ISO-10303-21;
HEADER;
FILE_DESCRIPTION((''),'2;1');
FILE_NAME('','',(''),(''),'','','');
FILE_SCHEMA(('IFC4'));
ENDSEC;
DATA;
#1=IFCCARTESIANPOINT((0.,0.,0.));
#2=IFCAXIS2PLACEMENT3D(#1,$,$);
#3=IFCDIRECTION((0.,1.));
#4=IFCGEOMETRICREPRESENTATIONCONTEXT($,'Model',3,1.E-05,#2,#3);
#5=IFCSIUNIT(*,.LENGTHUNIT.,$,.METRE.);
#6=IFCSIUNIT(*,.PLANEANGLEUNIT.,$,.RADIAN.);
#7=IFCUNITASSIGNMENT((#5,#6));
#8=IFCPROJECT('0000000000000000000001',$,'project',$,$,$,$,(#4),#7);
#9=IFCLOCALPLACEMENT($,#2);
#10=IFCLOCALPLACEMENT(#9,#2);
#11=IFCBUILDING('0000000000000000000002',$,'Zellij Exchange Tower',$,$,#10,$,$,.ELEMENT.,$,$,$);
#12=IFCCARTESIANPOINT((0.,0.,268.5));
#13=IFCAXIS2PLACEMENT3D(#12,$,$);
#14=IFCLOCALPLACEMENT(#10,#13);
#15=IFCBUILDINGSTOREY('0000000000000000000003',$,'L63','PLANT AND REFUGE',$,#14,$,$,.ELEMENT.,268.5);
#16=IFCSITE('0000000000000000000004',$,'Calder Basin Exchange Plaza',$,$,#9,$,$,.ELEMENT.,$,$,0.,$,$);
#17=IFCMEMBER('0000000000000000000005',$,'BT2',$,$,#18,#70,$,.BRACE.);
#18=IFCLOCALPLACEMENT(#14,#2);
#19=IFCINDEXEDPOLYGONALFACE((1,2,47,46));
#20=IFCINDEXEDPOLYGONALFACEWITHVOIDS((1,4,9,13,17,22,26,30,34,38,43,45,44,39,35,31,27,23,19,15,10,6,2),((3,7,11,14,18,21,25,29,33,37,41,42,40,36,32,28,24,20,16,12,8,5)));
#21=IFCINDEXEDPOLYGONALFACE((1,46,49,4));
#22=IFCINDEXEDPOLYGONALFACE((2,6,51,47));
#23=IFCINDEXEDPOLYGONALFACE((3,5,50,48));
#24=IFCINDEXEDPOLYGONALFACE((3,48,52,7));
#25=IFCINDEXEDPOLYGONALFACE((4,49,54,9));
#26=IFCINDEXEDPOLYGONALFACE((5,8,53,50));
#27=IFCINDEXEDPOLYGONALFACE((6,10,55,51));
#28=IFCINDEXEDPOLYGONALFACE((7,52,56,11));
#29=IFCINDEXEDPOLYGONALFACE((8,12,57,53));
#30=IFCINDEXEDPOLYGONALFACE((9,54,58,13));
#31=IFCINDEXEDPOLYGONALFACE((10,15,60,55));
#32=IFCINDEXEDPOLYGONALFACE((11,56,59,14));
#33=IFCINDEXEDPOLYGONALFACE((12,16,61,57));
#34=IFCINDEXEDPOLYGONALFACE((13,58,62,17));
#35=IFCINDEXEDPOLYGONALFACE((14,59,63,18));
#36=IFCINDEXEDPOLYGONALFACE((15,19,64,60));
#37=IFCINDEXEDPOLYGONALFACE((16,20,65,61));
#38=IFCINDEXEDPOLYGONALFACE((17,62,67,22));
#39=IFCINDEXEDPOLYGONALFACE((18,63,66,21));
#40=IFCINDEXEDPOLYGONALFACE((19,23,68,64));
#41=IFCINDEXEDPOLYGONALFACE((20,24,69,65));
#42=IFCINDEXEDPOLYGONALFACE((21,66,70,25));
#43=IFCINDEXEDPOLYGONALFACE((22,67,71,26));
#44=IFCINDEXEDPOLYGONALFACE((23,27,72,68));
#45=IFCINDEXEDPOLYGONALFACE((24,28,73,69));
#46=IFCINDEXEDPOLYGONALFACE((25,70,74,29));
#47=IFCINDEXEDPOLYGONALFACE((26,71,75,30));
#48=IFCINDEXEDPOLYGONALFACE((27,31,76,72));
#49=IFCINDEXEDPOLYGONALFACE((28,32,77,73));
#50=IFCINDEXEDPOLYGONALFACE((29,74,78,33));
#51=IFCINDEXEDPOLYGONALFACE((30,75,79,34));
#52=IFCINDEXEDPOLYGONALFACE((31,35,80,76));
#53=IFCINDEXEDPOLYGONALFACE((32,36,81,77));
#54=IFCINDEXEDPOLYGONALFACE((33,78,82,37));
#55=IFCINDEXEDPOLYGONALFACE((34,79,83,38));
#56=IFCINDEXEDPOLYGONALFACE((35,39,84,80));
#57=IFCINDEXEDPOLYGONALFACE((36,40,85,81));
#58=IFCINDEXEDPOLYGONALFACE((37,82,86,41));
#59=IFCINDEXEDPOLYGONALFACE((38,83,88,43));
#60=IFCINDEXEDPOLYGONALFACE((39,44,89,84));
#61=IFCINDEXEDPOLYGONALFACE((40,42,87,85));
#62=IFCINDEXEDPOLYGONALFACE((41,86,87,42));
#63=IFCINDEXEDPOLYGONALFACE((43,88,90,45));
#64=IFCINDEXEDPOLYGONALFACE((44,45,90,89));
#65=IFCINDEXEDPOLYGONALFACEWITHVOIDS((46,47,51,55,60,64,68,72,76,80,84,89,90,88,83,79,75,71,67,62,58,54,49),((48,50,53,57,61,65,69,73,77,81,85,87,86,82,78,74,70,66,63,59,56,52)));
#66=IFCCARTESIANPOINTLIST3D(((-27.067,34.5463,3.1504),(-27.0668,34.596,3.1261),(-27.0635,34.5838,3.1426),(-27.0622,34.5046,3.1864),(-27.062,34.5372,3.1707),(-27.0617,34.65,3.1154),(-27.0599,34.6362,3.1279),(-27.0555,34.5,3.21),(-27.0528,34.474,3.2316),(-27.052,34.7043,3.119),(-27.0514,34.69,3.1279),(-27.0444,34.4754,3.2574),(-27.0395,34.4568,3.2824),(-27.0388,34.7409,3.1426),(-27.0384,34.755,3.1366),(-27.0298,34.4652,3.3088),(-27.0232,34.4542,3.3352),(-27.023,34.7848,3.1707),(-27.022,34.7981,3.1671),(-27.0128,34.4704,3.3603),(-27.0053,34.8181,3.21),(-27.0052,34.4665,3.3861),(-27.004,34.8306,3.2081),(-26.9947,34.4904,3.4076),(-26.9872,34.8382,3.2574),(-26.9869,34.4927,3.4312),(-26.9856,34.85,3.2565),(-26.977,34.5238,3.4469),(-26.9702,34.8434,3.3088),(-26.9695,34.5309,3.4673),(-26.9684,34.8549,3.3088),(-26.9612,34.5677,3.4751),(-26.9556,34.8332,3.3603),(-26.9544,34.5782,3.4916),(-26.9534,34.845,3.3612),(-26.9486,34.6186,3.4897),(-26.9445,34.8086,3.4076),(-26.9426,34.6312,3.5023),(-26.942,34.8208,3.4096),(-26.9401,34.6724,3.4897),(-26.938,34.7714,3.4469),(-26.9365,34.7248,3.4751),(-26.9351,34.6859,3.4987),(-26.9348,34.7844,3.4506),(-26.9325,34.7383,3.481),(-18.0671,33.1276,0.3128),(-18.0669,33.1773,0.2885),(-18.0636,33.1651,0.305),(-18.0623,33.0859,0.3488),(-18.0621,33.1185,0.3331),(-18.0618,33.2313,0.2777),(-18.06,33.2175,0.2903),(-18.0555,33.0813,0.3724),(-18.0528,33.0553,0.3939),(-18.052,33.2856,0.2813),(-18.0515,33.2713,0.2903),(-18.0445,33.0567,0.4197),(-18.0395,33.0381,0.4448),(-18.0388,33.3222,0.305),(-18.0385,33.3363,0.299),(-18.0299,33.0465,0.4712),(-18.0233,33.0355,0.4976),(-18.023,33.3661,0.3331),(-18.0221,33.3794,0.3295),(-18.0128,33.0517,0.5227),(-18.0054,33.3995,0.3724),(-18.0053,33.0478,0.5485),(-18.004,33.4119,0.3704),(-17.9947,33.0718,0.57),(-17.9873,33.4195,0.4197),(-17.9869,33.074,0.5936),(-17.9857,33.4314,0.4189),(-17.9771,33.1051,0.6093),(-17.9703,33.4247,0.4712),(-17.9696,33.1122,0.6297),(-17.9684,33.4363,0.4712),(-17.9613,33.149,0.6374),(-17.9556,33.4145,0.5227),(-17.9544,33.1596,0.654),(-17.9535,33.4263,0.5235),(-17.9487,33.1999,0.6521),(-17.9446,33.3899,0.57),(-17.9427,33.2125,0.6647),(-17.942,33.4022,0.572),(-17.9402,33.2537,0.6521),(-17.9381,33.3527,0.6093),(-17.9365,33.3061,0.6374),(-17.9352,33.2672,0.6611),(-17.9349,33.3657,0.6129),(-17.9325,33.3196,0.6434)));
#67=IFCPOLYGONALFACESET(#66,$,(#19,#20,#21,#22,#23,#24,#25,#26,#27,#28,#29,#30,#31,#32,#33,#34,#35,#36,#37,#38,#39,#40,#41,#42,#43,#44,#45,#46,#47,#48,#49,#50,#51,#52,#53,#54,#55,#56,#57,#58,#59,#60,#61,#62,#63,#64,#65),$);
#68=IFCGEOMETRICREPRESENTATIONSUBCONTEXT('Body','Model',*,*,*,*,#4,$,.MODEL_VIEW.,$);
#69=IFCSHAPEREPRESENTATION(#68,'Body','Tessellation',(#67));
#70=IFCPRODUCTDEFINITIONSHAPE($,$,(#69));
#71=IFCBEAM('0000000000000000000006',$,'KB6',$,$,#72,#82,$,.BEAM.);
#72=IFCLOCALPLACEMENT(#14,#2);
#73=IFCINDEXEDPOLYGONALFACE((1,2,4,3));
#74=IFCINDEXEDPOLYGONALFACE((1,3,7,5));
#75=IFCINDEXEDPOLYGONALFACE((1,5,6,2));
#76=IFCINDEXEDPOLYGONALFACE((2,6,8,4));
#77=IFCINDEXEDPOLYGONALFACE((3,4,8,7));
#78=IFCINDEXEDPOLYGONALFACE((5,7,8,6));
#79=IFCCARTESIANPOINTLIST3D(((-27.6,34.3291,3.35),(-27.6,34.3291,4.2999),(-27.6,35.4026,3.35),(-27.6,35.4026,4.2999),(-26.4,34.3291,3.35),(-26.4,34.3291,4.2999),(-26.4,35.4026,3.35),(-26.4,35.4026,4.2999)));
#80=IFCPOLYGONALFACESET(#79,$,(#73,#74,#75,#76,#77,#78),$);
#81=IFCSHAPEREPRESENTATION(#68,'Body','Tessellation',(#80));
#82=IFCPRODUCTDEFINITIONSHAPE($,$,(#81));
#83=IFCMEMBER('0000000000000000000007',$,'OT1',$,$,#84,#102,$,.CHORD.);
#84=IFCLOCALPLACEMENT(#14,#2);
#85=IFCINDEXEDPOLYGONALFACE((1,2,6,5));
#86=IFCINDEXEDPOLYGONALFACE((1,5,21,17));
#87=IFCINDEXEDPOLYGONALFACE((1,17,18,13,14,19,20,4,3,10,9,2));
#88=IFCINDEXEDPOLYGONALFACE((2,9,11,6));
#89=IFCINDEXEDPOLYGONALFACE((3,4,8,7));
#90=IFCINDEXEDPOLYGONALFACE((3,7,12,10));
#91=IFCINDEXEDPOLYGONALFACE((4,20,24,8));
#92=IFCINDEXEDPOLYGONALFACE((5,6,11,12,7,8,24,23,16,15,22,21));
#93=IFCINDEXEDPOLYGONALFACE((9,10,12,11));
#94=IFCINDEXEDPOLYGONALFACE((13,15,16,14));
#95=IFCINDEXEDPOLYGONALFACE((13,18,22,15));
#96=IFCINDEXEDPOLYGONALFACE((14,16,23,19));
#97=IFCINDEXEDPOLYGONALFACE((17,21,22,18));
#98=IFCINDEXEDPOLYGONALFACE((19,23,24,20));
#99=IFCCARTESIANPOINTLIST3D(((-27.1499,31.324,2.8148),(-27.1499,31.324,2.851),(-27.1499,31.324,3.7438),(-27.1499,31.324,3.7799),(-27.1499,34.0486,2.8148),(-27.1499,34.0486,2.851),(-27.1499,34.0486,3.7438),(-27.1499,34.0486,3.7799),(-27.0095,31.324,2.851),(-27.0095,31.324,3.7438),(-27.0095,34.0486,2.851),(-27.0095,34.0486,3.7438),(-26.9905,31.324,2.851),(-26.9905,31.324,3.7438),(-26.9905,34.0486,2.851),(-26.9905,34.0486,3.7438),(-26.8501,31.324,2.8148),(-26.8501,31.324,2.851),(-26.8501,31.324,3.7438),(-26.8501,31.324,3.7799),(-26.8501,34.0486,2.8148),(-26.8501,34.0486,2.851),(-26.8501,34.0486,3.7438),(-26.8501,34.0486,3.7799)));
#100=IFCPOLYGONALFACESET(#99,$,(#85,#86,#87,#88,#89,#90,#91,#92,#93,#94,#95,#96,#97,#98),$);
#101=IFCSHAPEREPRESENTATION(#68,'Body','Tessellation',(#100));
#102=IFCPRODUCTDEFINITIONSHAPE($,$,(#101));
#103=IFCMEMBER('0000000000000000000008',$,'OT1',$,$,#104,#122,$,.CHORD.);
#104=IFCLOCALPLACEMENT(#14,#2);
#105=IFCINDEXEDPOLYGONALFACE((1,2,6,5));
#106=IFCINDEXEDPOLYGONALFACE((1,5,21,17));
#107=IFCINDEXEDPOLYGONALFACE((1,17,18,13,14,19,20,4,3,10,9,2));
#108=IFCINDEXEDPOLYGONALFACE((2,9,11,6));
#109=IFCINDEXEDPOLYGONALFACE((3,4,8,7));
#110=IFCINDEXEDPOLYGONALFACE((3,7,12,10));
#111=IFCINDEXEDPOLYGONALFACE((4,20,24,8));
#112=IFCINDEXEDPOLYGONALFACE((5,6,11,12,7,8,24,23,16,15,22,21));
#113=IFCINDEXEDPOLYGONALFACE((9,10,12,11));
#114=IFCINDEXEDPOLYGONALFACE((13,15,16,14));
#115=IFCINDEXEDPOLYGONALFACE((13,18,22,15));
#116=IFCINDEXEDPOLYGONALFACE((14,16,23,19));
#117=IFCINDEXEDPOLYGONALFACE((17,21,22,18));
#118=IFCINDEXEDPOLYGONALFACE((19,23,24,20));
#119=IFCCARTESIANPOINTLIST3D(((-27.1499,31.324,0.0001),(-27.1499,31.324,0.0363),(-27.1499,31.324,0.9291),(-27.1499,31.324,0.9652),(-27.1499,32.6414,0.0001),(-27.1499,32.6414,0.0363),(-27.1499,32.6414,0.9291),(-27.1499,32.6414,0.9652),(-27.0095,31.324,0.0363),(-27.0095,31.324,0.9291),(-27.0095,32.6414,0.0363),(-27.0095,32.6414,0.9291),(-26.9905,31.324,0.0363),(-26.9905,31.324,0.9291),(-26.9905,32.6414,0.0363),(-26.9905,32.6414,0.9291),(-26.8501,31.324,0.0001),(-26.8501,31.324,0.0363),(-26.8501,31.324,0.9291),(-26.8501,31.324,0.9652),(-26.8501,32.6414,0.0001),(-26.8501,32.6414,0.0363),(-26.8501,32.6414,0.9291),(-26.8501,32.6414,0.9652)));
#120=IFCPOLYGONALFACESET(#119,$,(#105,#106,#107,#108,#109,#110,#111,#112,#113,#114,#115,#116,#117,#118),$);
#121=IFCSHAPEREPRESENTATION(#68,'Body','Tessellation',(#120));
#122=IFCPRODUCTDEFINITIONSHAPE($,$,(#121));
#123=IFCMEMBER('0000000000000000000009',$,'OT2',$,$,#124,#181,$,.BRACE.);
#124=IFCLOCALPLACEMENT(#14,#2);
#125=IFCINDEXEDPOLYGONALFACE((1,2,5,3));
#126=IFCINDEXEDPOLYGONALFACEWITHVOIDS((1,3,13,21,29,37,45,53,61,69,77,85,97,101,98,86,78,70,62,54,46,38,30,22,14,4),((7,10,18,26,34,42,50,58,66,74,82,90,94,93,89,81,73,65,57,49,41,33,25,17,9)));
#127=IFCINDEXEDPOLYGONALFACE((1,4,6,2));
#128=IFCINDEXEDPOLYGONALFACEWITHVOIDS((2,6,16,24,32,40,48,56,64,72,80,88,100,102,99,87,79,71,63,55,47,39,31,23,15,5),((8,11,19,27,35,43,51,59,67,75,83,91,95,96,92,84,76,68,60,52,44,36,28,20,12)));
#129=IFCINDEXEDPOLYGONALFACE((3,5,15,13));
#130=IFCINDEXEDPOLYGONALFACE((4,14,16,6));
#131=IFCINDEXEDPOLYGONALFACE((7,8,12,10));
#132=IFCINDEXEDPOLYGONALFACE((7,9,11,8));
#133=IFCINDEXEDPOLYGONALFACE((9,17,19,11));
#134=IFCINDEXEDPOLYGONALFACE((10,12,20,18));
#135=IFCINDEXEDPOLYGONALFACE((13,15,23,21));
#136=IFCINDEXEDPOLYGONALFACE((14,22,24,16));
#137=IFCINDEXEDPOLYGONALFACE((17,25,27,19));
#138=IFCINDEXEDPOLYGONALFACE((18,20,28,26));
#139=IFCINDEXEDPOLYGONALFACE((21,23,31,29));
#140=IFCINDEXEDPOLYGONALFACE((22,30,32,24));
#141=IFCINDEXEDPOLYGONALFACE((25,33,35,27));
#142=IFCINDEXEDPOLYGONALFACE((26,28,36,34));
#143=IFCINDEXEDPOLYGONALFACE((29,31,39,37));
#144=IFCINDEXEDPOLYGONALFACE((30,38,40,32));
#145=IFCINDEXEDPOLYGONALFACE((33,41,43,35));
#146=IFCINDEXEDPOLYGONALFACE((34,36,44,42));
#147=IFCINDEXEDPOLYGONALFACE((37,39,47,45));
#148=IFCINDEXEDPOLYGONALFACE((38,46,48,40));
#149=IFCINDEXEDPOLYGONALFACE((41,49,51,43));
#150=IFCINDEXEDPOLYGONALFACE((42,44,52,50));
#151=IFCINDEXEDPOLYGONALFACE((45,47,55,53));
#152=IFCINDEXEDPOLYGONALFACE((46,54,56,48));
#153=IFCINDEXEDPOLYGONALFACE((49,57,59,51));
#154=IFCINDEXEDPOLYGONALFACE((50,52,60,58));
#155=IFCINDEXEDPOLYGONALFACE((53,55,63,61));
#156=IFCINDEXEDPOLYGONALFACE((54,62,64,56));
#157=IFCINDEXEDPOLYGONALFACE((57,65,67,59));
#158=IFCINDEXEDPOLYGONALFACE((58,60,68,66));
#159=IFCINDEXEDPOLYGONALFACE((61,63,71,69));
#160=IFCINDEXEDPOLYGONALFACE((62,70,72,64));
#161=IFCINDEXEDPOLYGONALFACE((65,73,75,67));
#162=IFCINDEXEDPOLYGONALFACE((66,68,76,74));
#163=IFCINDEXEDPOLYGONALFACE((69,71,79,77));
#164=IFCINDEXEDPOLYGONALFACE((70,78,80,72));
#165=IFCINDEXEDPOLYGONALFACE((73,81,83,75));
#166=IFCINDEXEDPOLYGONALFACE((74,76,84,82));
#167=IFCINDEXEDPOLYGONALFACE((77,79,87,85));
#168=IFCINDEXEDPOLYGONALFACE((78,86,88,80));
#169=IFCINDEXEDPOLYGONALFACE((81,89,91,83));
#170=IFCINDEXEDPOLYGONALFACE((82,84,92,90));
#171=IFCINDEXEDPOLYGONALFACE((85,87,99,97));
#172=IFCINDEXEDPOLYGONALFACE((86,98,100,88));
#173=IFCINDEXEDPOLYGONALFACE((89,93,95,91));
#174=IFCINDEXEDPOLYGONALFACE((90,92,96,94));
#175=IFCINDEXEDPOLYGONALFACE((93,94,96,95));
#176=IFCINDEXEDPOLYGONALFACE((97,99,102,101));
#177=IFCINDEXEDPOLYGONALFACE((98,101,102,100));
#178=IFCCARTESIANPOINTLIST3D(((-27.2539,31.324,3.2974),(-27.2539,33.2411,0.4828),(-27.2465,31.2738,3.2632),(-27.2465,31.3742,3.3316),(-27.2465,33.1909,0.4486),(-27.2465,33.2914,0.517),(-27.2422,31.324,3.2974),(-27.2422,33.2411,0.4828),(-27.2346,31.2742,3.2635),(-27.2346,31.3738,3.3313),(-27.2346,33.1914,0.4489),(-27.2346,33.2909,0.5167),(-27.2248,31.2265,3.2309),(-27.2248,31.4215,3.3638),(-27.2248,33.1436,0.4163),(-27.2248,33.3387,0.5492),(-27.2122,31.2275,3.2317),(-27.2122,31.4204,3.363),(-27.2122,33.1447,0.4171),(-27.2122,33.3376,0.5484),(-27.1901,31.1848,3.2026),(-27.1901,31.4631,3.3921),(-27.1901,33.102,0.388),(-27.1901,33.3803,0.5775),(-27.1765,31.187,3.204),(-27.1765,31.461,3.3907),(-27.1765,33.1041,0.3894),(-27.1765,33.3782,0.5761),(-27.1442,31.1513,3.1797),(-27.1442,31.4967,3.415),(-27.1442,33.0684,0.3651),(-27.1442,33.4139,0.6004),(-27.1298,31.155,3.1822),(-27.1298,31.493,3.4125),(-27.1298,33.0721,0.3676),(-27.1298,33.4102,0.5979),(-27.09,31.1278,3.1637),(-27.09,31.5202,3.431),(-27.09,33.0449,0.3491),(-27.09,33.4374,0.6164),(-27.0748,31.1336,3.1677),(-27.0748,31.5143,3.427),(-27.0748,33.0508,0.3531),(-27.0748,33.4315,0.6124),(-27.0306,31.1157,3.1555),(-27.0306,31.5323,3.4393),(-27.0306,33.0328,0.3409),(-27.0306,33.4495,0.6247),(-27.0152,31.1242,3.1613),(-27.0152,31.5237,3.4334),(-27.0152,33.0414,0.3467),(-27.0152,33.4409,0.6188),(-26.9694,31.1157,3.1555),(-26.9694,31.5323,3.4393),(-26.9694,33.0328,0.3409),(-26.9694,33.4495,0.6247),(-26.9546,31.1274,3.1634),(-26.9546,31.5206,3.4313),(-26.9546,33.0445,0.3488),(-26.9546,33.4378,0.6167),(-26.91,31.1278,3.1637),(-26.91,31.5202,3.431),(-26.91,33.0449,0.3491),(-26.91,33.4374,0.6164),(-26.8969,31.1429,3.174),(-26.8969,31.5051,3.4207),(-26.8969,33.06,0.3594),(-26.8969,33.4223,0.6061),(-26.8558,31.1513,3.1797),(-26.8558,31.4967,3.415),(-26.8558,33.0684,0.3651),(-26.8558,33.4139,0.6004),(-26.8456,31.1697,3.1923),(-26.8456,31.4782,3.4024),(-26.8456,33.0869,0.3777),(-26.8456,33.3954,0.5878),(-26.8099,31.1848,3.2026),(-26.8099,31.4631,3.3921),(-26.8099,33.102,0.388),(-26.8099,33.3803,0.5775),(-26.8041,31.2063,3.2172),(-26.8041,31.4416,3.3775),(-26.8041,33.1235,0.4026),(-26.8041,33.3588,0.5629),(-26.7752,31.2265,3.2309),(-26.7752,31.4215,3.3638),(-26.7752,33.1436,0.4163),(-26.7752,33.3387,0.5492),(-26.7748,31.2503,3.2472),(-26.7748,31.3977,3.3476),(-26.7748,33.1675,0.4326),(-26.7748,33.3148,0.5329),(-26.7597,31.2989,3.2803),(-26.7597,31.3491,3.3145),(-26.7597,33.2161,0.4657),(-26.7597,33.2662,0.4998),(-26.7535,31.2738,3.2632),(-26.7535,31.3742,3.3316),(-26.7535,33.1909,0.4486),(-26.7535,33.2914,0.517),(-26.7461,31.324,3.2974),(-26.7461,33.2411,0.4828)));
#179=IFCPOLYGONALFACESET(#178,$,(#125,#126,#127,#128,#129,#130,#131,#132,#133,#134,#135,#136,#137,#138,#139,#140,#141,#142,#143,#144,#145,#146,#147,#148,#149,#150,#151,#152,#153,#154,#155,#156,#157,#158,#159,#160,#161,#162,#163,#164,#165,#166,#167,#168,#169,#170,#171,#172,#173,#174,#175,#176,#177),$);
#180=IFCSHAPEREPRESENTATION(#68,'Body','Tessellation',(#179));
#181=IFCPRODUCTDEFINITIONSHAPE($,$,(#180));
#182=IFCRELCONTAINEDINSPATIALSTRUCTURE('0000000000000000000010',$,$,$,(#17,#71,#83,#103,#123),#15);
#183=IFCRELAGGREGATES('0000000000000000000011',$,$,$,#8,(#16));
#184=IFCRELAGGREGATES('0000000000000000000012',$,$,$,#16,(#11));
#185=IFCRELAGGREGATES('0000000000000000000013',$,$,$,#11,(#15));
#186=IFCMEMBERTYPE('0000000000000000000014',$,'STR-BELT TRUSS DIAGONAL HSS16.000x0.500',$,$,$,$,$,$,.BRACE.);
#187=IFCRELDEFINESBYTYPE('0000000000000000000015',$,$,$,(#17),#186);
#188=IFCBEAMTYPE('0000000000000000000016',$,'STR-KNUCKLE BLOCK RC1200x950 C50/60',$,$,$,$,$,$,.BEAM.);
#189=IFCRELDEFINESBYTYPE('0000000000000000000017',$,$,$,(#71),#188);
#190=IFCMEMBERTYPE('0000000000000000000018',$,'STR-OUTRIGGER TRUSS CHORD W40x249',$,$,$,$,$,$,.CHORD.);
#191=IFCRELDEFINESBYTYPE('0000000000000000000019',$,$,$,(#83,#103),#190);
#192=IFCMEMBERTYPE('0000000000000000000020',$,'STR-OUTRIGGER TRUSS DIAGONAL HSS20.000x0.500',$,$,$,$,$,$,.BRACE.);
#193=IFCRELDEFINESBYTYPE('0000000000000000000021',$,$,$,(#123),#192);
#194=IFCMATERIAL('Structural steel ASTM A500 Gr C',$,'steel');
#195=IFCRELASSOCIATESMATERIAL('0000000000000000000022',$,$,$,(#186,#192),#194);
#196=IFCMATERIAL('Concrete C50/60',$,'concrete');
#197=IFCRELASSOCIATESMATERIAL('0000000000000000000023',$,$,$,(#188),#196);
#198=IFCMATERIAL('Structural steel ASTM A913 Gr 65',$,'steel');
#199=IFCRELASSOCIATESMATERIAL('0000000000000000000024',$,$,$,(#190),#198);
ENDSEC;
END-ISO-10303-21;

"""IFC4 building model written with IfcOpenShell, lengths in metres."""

from ifc_helpers import new_model, si_unit, direction, frame, origin, origin_2d, place, context, subcontext, project, spatial, rectangle, hollow_circle, i_section, extrude, material, material_profile, profile_set, type_object, element, save


model = new_model("IFC4")

# Units and contexts
model_context = context("Model", 3, precision=1e-05, world=origin(), true_north=direction((0.0, 1.0)))
body_context = subcontext(model_context, "Body", "Model", "MODEL_VIEW")
ifc_project = project(units=[si_unit("LENGTHUNIT", "METRE"), si_unit("PLANEANGLEUNIT", "RADIAN")], contexts=[model_context])

# Site, building, storey
site_placement = place(None, origin())
site = spatial("IfcSite", under=ifc_project, at=site_placement, Name="Calder Basin Exchange Plaza", CompositionType="ELEMENT", RefElevation=0.0)
building_placement = place(site_placement, origin())
building = spatial("IfcBuilding", under=site, at=building_placement, Name="Zellij Exchange Tower", CompositionType="ELEMENT")
storey_placement = place(building_placement, frame((0.0, 0.0, 268.5)))
storey = spatial("IfcBuildingStorey", under=building, at=storey_placement, Name="L63", Description="PLANT AND REFUGE", CompositionType="ELEMENT", Elevation=268.5)

# Shared definitions
ifc_material_1 = material(Name="Concrete C50/60", Category="concrete")

# Member
ifc_material_2 = material(Name="Structural steel ASTM A500 Gr C", Category="steel")
ifc_material_profile_1 = material_profile(ifc_material_2, hollow_circle(Radius=0.2031, WallThickness=0.0117, at=origin_2d()), Name="STR-BELT TRUSS DIAGONAL HSS16.000x0.500")
ifc_profile_set_1 = profile_set([ifc_material_profile_1], Name="Structural steel ASTM A500 Gr C")
member_type_1 = type_object("IfcMemberType", Name="STR-BELT TRUSS DIAGONAL HSS16.000x0.500", PredefinedType="BRACE", material=ifc_profile_set_1)
member_1_placement = place(storey_placement, frame((-27.0, 34.6543, 3.3088), z_axis=(0.94312, -0.148667, -0.29736), x_axis=(0.155711, 0.987803, 0.0)))
element("IfcMember", 1, at=member_1_placement, inside=storey, type_object=member_type_1, Name="BT2", PredefinedType="BRACE", context=body_context, shape_type="SweptSolid", body=[
    extrude(hollow_circle(Radius=0.2031, WallThickness=0.0117, at=origin_2d()), origin(), (0.0, 0.0, 1.0), 9.5427),
])

# Beam
ifc_material_profile_2 = material_profile(ifc_material_1, rectangle(XDim=1.2, YDim=0.95, at=origin_2d()), Name="STR-KNUCKLE BLOCK RC1200x950 C50/60")
ifc_profile_set_2 = profile_set([ifc_material_profile_2], Name="Concrete C50/60")
beam_type = type_object("IfcBeamType", Name="STR-KNUCKLE BLOCK RC1200x950 C50/60", PredefinedType="BEAM", material=ifc_profile_set_2)
beam_placement = place(storey_placement, frame((-27.0, 34.3291, 3.825), z_axis=(0.0, 1.0, 0.0), x_axis=(-1.0, 0.0, 0.0)))
element("IfcBeam", 2, at=beam_placement, inside=storey, type_object=beam_type, Name="KB6", PredefinedType="BEAM", context=body_context, shape_type="SweptSolid", body=[
    extrude(rectangle(XDim=1.2, YDim=0.95, at=origin_2d()), origin(), (0.0, 0.0, 1.0), 1.0735),
])

# Members
ifc_material_3 = material(Name="Structural steel ASTM A913 Gr 65", Category="steel")
ifc_material_profile_3 = material_profile(ifc_material_3, i_section(OverallWidth=0.2998, OverallDepth=0.9651, WebThickness=0.019, FlangeThickness=0.0361, at=origin_2d()), Name="W40x249")
ifc_profile_set_3 = profile_set([ifc_material_profile_3], Name="Structural steel ASTM A913 Gr 65")
member_type_2 = type_object("IfcMemberType", Name="STR-OUTRIGGER TRUSS CHORD W40x249", PredefinedType="CHORD", material=ifc_profile_set_3)
member_2_placement = place(storey_placement, frame((-27.0, 31.324, 3.2974), z_axis=(0.0, 1.0, 0.0), x_axis=(-1.0, 0.0, 0.0)))
element("IfcMember", 3, at=member_2_placement, inside=storey, type_object=member_type_2, Name="OT1", PredefinedType="CHORD", context=body_context, shape_type="SweptSolid", body=[
    extrude(i_section(OverallWidth=0.2998, OverallDepth=0.9651, WebThickness=0.019, FlangeThickness=0.0361, at=origin_2d()), origin(), (0.0, 0.0, 1.0), 2.7246),
])
member_3_placement = place(storey_placement, frame((-27.0, 31.324, 0.4827), z_axis=(0.0, 1.0, 0.0), x_axis=(-1.0, 0.0, 0.0)))
element("IfcMember", 4, at=member_3_placement, inside=storey, type_object=member_type_2, Name="OT1", PredefinedType="CHORD", context=body_context, shape_type="SweptSolid", body=[
    extrude(i_section(OverallWidth=0.2998, OverallDepth=0.9651, WebThickness=0.019, FlangeThickness=0.0361, at=origin_2d()), origin(), (0.0, 0.0, 1.0), 1.3174),
])
ifc_material_profile_4 = material_profile(ifc_material_2, hollow_circle(Radius=0.2539, WallThickness=0.0117, at=origin_2d()), Name="STR-OUTRIGGER TRUSS DIAGONAL HSS20.000x0.500")
ifc_profile_set_4 = profile_set([ifc_material_profile_4], Name="Structural steel ASTM A500 Gr C")
member_type_3 = type_object("IfcMemberType", Name="STR-OUTRIGGER TRUSS DIAGONAL HSS20.000x0.500", PredefinedType="BRACE", material=ifc_profile_set_4)
member_4_placement = place(storey_placement, frame((-27.0, 31.324, 3.2974), z_axis=(0.0, 0.562961, -0.826484), x_axis=(-1.0, 0.0, 0.0)))
element("IfcMember", 5, at=member_4_placement, inside=storey, type_object=member_type_3, Name="OT2", PredefinedType="BRACE", context=body_context, shape_type="SweptSolid", body=[
    extrude(hollow_circle(Radius=0.2539, WallThickness=0.0117, at=origin_2d()), origin(), (0.0, 0.0, 1.0), 3.4055),
])

save(model, "model.ifc")
